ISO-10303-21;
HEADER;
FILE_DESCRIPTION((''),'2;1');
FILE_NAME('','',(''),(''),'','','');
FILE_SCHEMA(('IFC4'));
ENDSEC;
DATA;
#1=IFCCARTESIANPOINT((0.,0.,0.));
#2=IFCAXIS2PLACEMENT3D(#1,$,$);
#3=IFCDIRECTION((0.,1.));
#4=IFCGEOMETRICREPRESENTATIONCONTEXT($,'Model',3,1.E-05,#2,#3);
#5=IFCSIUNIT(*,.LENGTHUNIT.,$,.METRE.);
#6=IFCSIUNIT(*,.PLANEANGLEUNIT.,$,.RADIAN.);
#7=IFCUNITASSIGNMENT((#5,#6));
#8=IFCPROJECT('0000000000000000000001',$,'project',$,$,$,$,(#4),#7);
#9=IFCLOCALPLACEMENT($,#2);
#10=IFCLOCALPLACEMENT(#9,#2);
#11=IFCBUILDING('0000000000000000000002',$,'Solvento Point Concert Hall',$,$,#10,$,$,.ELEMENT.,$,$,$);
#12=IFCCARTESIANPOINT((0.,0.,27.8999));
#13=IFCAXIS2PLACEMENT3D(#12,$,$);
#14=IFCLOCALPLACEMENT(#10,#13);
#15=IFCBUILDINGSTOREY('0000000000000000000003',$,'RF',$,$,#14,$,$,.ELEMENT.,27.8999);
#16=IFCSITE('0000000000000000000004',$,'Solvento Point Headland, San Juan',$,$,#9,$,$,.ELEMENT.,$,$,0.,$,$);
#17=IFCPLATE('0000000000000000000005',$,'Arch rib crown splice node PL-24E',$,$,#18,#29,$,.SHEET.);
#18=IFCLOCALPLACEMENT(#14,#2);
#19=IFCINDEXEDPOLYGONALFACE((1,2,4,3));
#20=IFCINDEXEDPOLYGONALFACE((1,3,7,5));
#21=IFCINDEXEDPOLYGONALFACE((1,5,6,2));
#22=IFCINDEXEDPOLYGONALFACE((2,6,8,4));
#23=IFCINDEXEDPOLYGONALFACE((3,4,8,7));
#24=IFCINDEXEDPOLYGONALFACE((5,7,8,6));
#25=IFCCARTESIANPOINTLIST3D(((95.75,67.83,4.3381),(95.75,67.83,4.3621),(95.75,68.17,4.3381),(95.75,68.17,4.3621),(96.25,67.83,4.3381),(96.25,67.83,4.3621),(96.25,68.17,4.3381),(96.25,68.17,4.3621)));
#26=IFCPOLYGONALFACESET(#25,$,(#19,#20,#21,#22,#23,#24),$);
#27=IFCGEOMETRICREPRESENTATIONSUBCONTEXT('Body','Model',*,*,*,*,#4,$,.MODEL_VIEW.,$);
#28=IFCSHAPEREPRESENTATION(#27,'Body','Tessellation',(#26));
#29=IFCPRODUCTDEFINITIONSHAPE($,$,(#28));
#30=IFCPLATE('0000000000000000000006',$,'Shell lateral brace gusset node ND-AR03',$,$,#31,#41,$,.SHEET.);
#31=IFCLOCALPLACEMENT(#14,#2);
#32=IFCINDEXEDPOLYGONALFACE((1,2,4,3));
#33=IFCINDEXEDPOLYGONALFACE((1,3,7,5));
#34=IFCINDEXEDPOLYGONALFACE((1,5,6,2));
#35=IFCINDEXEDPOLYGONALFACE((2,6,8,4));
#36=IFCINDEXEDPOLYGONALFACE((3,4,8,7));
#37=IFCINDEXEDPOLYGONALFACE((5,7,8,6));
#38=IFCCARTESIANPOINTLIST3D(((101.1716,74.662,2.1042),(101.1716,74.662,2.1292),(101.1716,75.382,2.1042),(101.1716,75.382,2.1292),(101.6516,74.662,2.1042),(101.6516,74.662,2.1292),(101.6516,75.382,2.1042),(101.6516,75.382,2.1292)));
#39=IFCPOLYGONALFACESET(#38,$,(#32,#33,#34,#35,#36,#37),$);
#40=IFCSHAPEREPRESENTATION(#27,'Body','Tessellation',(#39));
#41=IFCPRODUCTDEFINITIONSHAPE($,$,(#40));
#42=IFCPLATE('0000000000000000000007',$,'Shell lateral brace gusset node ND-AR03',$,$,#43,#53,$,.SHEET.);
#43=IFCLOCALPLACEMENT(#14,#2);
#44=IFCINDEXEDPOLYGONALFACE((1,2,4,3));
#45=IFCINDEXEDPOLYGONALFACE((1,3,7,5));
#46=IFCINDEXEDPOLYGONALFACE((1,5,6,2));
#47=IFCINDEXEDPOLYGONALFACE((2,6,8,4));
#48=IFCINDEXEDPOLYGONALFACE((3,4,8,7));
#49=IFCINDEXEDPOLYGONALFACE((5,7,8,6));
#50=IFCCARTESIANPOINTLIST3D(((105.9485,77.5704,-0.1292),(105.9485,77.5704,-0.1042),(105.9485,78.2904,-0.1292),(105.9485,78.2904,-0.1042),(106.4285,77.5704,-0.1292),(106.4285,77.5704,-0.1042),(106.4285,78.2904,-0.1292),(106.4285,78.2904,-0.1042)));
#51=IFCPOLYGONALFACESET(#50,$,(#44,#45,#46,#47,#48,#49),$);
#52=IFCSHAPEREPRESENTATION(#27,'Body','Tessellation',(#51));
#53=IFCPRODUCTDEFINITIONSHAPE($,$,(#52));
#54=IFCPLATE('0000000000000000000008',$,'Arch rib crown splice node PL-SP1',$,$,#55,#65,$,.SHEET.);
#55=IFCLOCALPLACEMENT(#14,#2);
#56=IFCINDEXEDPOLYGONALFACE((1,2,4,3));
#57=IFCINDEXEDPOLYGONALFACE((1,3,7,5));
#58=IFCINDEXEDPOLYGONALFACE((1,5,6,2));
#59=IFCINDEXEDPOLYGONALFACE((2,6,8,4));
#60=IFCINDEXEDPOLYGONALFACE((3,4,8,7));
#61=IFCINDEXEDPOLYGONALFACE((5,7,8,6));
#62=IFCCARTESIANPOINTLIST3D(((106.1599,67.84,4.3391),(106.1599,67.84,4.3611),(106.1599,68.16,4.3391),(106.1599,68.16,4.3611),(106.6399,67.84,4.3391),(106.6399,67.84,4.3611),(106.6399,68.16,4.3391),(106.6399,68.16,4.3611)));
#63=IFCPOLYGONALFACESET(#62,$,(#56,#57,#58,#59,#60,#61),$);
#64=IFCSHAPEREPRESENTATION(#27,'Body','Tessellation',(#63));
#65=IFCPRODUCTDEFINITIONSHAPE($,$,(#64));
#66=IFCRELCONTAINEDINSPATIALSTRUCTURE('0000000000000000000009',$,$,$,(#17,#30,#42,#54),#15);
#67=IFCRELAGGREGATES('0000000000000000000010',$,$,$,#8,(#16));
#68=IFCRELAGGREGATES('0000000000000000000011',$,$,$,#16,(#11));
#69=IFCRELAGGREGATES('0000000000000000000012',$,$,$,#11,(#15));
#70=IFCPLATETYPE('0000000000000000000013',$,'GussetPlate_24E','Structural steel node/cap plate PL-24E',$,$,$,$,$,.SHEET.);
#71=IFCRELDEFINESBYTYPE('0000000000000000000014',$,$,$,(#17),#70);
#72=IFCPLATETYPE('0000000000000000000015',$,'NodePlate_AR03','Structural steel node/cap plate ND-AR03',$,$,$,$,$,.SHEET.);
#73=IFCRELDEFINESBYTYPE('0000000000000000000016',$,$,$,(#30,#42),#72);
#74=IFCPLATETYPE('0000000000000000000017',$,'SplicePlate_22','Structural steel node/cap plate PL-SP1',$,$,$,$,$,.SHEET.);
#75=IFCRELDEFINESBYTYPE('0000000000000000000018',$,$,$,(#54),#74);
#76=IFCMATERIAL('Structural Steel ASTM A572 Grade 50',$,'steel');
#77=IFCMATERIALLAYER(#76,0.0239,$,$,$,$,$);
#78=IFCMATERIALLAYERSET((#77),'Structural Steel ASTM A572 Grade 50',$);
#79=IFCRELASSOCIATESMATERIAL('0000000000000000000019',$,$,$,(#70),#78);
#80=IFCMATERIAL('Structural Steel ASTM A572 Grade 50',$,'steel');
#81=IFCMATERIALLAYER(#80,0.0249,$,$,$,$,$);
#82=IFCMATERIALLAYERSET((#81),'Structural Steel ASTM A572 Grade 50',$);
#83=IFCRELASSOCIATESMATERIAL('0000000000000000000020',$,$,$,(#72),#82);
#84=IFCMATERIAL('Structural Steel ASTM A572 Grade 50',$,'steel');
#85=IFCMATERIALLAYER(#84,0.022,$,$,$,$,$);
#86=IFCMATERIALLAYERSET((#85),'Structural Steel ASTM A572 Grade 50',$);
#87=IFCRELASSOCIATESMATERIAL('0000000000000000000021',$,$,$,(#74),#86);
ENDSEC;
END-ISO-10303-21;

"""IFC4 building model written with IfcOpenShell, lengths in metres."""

from ifc_helpers import new_model, si_unit, direction, frame, origin, origin_2d, place, context, subcontext, project, spatial, rectangle, extrude, material, layer, layer_set, type_object, element, save


model = new_model("IFC4")

# Units and contexts
model_context = context("Model", 3, precision=1e-05, world=origin(), true_north=direction((0.0, 1.0)))
body_context = subcontext(model_context, "Body", "Model", "MODEL_VIEW")
ifc_project = project(units=[si_unit("LENGTHUNIT", "METRE"), si_unit("PLANEANGLEUNIT", "RADIAN")], contexts=[model_context])

# Site, building, storey
site_placement = place(None, origin())
site = spatial("IfcSite", under=ifc_project, at=site_placement, Name="Solvento Point Headland, San Juan", CompositionType="ELEMENT", RefElevation=0.0)
building_placement = place(site_placement, origin())
building = spatial("IfcBuilding", under=site, at=building_placement, Name="Solvento Point Concert Hall", CompositionType="ELEMENT")
storey_placement = place(building_placement, frame((0.0, 0.0, 27.8999)))
storey = spatial("IfcBuildingStorey", under=building, at=storey_placement, Name="RF", CompositionType="ELEMENT", Elevation=27.8999)

# Plates
ifc_material_1 = material(Name="Structural Steel ASTM A572 Grade 50", Category="steel")
ifc_layer_1 = layer(ifc_material_1, 0.0239)
ifc_layer_set_1 = layer_set([ifc_layer_1], Name="Structural Steel ASTM A572 Grade 50")
plate_type_1 = type_object("IfcPlateType", Name="GussetPlate_24E", Description="Structural steel node/cap plate PL-24E", PredefinedType="SHEET", material=ifc_layer_set_1)
plate_1_placement = place(storey_placement, frame((96.0, 68.0, 4.3381), z_axis=(0.0, 0.0, 1.0), x_axis=(1.0, 0.0, 0.0)))
element("IfcPlate", 1, at=plate_1_placement, inside=storey, type_object=plate_type_1, Name="Arch rib crown splice node PL-24E", PredefinedType="SHEET", context=body_context, shape_type="SweptSolid", body=[
    extrude(rectangle(XDim=0.5, YDim=0.3401, at=origin_2d()), origin(), (0.0, 0.0, 1.0), 0.0239),
])
ifc_material_2 = material(Name="Structural Steel ASTM A572 Grade 50", Category="steel")
ifc_layer_2 = layer(ifc_material_2, 0.0249)
ifc_layer_set_2 = layer_set([ifc_layer_2], Name="Structural Steel ASTM A572 Grade 50")
plate_type_2 = type_object("IfcPlateType", Name="NodePlate_AR03", Description="Structural steel node/cap plate ND-AR03", PredefinedType="SHEET", material=ifc_layer_set_2)
for number, where, z_axis, x_axis, name in (
    (2, (101.4116, 75.022, 2.1042), (0.0, 0.0, 1.0), (0.0, 1.0, 0.0), "Shell lateral brace gusset node ND-AR03"),
    (3, (106.1885, 77.9304, -0.1292), (0.0, 0.0, 1.0), (0.0, 1.0, 0.0), "Shell lateral brace gusset node ND-AR03"),
):
    element("IfcPlate", number, at=place(storey_placement, frame(where, z_axis=z_axis, x_axis=x_axis)), inside=storey, type_object=plate_type_2, Name=name, PredefinedType="SHEET", context=body_context, shape_type="SweptSolid", body=[
        extrude(rectangle(XDim=0.72, YDim=0.48, at=origin_2d()), origin(), (0.0, 0.0, 1.0), 0.0249),
    ])
ifc_material_3 = material(Name="Structural Steel ASTM A572 Grade 50", Category="steel")
ifc_layer_3 = layer(ifc_material_3, 0.022)
ifc_layer_set_3 = layer_set([ifc_layer_3], Name="Structural Steel ASTM A572 Grade 50")
plate_type_3 = type_object("IfcPlateType", Name="SplicePlate_22", Description="Structural steel node/cap plate PL-SP1", PredefinedType="SHEET", material=ifc_layer_set_3)
plate_2_placement = place(storey_placement, frame((106.3999, 68.0, 4.3391), z_axis=(0.0, 0.0, 1.0), x_axis=(1.0, 0.0, 0.0)))
element("IfcPlate", 4, at=plate_2_placement, inside=storey, type_object=plate_type_3, Name="Arch rib crown splice node PL-SP1", PredefinedType="SHEET", context=body_context, shape_type="SweptSolid", body=[
    extrude(rectangle(XDim=0.48, YDim=0.3201, at=origin_2d()), origin(), (0.0, 0.0, 1.0), 0.022),
])

save(model, "model.ifc")
